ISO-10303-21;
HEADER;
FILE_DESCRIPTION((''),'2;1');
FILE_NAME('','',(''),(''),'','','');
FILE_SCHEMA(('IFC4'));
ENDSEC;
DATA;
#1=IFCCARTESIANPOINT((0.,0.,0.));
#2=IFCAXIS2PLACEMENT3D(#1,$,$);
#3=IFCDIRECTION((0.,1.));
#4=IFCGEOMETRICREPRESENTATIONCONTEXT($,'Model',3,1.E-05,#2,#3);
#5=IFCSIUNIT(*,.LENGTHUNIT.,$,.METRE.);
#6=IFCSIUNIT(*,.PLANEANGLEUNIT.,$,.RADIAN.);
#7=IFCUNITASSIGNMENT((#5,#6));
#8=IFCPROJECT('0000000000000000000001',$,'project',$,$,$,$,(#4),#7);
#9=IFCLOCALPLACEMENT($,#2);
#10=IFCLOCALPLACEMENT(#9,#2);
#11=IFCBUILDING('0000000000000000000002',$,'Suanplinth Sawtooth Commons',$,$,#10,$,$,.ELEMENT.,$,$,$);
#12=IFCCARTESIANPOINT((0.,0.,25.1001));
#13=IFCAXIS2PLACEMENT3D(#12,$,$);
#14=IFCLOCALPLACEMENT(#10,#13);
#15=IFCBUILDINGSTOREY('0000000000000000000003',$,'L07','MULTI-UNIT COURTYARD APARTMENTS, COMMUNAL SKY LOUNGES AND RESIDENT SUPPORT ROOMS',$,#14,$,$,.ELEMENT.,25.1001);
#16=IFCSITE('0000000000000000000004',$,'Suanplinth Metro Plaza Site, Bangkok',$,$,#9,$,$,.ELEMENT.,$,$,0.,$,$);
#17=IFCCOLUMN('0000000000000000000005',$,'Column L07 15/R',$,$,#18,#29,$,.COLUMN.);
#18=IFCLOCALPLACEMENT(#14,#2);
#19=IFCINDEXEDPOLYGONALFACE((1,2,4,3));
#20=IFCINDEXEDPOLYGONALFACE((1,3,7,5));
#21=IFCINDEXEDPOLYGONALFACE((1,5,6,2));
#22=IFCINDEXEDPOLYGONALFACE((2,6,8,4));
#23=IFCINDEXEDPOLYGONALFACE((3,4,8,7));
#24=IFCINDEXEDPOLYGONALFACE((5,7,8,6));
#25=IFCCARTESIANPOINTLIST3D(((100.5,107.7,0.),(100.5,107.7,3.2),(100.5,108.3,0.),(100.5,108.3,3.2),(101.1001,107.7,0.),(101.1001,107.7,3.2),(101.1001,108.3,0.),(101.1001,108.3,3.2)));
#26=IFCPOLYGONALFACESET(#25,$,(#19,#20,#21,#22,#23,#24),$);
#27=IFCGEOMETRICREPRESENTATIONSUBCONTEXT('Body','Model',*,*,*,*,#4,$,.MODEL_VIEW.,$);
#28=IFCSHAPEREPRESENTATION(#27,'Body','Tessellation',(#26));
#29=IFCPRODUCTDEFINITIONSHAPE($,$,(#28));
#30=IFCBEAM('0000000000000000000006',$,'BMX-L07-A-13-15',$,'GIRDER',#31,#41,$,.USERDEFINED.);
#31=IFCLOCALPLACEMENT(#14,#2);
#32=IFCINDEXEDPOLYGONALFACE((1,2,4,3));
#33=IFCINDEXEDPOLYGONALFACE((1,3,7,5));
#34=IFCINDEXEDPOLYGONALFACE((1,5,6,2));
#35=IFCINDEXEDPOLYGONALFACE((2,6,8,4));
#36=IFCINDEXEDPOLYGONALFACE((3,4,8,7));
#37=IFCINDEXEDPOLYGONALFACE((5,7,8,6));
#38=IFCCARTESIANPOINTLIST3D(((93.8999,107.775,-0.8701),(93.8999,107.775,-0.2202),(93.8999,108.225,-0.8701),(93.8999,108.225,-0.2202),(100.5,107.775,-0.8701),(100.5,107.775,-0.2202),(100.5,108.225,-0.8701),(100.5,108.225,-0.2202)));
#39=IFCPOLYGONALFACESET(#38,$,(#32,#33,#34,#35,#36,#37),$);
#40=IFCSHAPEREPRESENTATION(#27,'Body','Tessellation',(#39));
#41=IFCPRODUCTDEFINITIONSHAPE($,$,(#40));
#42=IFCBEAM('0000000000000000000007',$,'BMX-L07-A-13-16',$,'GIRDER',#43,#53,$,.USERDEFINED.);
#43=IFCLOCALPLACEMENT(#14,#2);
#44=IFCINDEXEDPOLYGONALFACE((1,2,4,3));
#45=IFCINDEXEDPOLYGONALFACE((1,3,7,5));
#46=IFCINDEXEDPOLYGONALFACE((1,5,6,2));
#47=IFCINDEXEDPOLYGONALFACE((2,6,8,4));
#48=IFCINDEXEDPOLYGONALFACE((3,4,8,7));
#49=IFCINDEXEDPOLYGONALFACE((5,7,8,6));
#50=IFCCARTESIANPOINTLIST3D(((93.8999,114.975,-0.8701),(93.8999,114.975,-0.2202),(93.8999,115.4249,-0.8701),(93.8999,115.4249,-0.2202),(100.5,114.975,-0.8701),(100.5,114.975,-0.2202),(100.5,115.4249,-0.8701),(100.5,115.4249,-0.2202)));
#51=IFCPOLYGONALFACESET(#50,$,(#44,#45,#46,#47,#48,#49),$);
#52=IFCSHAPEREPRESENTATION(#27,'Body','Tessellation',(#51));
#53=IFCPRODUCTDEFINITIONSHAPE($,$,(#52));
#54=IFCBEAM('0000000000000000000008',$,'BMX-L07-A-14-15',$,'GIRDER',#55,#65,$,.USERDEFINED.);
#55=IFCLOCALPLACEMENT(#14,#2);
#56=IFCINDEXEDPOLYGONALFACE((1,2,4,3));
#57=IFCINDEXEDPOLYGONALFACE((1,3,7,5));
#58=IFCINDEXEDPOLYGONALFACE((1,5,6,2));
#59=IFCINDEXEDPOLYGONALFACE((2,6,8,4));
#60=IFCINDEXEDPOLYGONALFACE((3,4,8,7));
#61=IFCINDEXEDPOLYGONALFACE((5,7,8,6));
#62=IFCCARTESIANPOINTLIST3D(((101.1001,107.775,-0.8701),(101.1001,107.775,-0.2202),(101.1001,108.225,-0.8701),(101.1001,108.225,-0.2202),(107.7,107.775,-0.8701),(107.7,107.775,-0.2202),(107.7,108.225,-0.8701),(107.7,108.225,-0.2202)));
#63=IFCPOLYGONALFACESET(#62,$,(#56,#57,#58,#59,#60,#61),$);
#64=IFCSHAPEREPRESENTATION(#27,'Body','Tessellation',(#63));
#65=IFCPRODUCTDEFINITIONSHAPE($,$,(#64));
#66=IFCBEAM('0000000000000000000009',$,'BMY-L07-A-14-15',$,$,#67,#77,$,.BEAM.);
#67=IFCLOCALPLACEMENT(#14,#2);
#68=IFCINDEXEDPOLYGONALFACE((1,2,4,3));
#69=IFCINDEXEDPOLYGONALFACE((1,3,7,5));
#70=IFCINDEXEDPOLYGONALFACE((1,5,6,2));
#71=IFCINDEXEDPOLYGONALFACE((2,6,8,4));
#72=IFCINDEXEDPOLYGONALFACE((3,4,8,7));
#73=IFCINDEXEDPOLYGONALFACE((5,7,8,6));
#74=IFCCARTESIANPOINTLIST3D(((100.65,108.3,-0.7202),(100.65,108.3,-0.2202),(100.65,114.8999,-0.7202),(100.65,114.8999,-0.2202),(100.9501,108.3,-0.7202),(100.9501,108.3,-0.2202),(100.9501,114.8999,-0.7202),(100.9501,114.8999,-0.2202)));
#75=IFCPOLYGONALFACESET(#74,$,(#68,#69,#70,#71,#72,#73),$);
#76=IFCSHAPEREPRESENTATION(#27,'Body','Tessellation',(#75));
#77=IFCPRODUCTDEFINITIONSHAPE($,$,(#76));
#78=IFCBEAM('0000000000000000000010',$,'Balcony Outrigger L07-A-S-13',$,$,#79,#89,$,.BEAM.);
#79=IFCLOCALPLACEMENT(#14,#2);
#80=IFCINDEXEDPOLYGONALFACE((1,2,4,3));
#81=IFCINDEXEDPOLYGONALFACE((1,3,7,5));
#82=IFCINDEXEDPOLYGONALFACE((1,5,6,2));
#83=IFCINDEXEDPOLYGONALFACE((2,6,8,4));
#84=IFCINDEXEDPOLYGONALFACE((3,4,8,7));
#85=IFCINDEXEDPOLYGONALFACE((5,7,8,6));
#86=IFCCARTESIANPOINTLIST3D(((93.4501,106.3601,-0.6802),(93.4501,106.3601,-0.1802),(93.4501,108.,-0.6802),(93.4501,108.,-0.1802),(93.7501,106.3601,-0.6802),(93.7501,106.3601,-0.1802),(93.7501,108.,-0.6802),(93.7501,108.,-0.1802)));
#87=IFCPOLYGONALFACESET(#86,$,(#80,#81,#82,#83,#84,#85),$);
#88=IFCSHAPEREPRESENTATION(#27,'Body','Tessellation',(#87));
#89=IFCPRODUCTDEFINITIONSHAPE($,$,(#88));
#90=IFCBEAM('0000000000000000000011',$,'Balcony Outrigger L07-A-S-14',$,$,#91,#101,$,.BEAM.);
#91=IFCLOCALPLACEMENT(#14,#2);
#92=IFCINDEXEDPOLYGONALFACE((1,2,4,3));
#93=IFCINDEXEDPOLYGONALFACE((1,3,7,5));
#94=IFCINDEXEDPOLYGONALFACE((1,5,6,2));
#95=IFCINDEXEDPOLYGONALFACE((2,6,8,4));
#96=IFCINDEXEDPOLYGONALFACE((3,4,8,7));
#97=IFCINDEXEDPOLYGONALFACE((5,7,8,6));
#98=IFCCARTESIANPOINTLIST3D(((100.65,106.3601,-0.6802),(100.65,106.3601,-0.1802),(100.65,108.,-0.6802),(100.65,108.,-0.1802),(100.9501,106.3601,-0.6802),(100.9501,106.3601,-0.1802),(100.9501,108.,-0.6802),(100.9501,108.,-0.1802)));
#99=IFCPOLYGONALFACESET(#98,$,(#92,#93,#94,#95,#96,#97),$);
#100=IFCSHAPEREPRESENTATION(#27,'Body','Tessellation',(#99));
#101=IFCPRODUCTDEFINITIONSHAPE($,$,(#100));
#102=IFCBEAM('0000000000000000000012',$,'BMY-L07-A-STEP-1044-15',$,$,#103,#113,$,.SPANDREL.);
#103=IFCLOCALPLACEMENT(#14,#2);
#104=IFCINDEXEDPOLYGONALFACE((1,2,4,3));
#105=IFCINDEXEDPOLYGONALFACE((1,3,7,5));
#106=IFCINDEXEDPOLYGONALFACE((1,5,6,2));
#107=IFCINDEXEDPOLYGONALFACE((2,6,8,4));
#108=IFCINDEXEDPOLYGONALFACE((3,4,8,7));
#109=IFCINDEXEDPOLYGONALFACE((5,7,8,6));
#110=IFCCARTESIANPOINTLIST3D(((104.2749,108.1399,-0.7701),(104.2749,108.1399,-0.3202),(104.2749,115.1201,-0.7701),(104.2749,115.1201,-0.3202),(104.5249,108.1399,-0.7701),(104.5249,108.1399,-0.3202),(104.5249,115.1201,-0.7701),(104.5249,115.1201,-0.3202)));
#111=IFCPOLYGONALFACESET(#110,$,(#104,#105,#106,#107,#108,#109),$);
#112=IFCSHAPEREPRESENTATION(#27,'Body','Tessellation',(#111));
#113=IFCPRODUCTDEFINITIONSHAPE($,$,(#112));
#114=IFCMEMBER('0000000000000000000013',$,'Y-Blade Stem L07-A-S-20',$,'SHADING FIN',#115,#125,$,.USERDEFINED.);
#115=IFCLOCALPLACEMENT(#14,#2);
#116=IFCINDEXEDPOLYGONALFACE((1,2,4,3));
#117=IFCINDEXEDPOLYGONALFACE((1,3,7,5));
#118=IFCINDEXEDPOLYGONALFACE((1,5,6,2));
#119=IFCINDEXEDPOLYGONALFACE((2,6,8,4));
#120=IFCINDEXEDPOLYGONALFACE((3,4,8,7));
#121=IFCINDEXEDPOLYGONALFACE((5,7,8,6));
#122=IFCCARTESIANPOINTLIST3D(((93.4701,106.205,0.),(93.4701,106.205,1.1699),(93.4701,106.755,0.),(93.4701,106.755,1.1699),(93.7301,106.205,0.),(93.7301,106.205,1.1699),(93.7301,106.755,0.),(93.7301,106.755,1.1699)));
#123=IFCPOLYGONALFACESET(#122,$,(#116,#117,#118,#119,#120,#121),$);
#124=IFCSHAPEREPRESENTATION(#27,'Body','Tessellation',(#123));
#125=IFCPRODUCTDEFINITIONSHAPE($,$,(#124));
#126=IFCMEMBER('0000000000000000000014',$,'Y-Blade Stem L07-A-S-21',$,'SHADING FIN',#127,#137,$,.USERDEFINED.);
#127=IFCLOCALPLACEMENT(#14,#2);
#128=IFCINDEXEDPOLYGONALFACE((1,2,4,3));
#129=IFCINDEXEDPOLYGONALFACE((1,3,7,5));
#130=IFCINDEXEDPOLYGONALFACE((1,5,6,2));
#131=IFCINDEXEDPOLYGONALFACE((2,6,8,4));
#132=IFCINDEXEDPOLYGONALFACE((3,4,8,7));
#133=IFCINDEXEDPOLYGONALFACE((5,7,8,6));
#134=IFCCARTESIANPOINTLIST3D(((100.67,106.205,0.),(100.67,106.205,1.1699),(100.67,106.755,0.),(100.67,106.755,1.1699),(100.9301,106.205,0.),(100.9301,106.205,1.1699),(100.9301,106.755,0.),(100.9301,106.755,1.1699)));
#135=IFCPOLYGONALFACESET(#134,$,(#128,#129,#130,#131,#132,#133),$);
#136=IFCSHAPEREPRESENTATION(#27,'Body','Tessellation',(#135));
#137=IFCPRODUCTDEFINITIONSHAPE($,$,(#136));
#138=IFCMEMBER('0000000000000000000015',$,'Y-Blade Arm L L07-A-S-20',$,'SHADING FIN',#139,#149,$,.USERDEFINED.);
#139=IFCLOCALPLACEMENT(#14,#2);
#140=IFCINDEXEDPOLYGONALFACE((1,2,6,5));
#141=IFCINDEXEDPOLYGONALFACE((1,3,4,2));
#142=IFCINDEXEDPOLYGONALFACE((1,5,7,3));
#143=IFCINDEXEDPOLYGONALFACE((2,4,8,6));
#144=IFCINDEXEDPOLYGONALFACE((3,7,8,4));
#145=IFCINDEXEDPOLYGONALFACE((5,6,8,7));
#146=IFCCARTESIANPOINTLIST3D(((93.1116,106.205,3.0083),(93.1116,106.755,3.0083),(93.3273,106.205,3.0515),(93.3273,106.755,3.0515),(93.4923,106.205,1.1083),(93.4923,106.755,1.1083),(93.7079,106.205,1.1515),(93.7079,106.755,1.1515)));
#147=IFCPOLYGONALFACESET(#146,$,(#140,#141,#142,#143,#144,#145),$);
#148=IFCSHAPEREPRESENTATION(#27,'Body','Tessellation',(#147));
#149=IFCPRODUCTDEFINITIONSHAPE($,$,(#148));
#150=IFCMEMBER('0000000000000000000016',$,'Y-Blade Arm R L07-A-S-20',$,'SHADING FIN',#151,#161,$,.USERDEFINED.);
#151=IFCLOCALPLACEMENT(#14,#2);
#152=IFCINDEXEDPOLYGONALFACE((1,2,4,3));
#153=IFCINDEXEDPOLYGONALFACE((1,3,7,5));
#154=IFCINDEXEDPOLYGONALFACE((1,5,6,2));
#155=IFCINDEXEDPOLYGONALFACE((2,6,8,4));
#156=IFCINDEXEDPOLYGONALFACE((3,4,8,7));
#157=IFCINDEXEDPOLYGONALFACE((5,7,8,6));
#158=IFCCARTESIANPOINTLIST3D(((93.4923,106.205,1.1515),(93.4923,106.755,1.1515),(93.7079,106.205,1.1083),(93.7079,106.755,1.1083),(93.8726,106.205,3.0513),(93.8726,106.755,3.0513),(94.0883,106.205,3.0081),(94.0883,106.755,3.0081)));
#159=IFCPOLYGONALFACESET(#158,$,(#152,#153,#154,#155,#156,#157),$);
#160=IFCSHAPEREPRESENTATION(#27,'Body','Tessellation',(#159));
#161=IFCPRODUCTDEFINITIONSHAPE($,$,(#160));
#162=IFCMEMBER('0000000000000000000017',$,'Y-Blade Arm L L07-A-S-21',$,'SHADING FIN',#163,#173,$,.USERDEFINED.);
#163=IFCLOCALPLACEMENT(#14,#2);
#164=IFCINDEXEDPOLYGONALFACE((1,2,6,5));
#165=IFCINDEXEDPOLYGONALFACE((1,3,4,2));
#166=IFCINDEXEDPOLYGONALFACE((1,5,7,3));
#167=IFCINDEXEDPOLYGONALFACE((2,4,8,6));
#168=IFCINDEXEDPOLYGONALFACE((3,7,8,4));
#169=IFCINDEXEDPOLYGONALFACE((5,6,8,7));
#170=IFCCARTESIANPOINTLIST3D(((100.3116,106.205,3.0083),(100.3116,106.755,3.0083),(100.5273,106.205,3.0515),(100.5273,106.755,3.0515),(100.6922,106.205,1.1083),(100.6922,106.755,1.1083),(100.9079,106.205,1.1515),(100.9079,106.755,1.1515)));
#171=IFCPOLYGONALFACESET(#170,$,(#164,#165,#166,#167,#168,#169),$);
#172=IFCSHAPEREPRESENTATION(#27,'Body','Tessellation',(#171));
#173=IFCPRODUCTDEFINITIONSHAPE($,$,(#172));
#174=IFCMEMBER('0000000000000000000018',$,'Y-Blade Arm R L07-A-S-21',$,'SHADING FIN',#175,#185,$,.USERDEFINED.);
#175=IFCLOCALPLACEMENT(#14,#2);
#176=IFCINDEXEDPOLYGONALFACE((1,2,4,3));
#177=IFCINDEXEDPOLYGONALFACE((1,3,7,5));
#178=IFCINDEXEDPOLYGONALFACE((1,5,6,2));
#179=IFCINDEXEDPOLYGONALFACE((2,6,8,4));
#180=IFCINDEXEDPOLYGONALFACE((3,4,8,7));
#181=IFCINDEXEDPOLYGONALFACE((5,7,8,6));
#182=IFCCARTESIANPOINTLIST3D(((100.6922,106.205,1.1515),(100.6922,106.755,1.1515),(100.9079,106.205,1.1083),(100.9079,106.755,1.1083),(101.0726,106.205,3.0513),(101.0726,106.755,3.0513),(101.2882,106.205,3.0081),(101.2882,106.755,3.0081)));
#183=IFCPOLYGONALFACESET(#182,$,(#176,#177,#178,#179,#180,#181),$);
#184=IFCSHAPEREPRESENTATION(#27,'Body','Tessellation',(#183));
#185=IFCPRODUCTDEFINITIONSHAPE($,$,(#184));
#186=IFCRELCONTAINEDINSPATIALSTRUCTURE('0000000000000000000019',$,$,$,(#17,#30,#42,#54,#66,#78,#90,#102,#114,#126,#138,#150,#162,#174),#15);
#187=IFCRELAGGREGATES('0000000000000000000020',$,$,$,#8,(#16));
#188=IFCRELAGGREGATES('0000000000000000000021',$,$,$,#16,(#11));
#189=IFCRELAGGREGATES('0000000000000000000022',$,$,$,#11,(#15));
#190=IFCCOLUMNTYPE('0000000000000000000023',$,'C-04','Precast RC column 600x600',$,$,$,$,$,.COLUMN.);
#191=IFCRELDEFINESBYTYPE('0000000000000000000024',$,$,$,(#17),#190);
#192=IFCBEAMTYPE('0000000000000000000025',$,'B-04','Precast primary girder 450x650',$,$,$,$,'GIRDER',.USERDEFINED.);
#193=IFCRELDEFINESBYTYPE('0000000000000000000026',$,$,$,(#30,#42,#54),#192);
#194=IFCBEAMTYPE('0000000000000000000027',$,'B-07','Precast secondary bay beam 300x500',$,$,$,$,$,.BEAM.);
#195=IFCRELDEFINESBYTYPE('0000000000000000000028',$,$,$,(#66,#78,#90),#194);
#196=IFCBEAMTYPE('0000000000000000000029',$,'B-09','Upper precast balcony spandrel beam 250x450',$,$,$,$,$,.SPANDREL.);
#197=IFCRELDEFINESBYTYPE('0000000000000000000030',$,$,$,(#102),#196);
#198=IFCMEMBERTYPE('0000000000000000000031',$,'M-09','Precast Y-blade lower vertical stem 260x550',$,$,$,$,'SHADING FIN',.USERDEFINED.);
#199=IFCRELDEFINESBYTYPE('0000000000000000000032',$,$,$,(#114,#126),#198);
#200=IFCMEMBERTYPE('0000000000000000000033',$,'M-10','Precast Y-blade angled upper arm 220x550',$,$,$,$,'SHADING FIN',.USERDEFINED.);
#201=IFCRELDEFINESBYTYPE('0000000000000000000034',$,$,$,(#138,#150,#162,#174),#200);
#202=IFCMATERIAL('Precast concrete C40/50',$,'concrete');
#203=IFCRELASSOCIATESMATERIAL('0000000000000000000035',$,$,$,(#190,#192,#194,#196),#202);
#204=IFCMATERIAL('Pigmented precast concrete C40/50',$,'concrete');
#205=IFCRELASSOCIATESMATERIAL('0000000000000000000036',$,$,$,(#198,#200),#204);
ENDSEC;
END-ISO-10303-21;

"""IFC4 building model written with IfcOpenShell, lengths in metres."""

from ifc_helpers import new_model, si_unit, direction, frame, origin, origin_2d, place, context, subcontext, project, spatial, rectangle, extrude, material, material_profile, profile_set, type_object, element, save


model = new_model("IFC4")

# Units and contexts
model_context = context("Model", 3, precision=1e-05, world=origin(), true_north=direction((0.0, 1.0)))
body_context = subcontext(model_context, "Body", "Model", "MODEL_VIEW")
ifc_project = project(units=[si_unit("LENGTHUNIT", "METRE"), si_unit("PLANEANGLEUNIT", "RADIAN")], contexts=[model_context])

# Site, building, storey
site_placement = place(None, origin())
site = spatial("IfcSite", under=ifc_project, at=site_placement, Name="Suanplinth Metro Plaza Site, Bangkok", CompositionType="ELEMENT", RefElevation=0.0)
building_placement = place(site_placement, origin())
building = spatial("IfcBuilding", under=site, at=building_placement, Name="Suanplinth Sawtooth Commons", CompositionType="ELEMENT")
storey_placement = place(building_placement, frame((0.0, 0.0, 25.1001)))
storey = spatial("IfcBuildingStorey", under=building, at=storey_placement, Name="L07", Description="MULTI-UNIT COURTYARD APARTMENTS, COMMUNAL SKY LOUNGES AND RESIDENT SUPPORT ROOMS", CompositionType="ELEMENT", Elevation=25.1001)

# Column
ifc_material_1 = material(Name="Precast concrete C40/50", Category="concrete")
ifc_material_profile_1 = material_profile(ifc_material_1, rectangle(XDim=0.6001, YDim=0.6001, at=origin_2d()), Name="PC-COL 600x600")
ifc_profile_set_1 = profile_set([ifc_material_profile_1], Name="Precast concrete C40/50")
column_type = type_object("IfcColumnType", Name="C-04", Description="Precast RC column 600x600", PredefinedType="COLUMN", material=ifc_profile_set_1)
column_placement = place(storey_placement, frame((100.8, 108.0, 0.0), z_axis=(0.0, 0.0, 1.0), x_axis=(1.0, 0.0, 0.0)))
element("IfcColumn", 1, at=column_placement, inside=storey, type_object=column_type, Name="Column L07 15/R", PredefinedType="COLUMN", context=body_context, shape_type="SweptSolid", body=[
    extrude(rectangle(XDim=0.6001, YDim=0.6001, at=origin_2d()), origin(), (0.0, 0.0, 1.0), 3.2),
])

# Beams
ifc_material_profile_2 = material_profile(ifc_material_1, rectangle(XDim=0.45, YDim=0.6499, at=origin_2d()), Name="PC-GDR 450x650")
ifc_profile_set_2 = profile_set([ifc_material_profile_2], Name="Precast concrete C40/50")
beam_type_1 = type_object("IfcBeamType", Name="B-04", Description="Precast primary girder 450x650", ElementType="GIRDER", PredefinedType="USERDEFINED", material=ifc_profile_set_2)
for number, where, z_axis, x_axis, name in (
    (2, (93.8999, 108.0, -0.5452), (1.0, 0.0, 0.0), (0.0, 1.0, 0.0), "BMX-L07-A-13-15"),
    (3, (93.8999, 115.2, -0.5452), (1.0, 0.0, 0.0), (0.0, 1.0, 0.0), "BMX-L07-A-13-16"),
):
    element("IfcBeam", number, at=place(storey_placement, frame(where, z_axis=z_axis, x_axis=x_axis)), inside=storey, type_object=beam_type_1, Name=name, ObjectType="GIRDER", PredefinedType="USERDEFINED", context=body_context, shape_type="SweptSolid", body=[
        extrude(rectangle(XDim=0.45, YDim=0.6499, at=origin_2d()), origin(), (0.0, 0.0, 1.0), 6.6001),
    ])
beam_1_placement = place(storey_placement, frame((101.1001, 108.0, -0.5452), z_axis=(1.0, 0.0, 0.0), x_axis=(0.0, 1.0, 0.0)))
element("IfcBeam", 4, at=beam_1_placement, inside=storey, type_object=beam_type_1, Name="BMX-L07-A-14-15", ObjectType="GIRDER", PredefinedType="USERDEFINED", context=body_context, shape_type="SweptSolid", body=[
    extrude(rectangle(XDim=0.45, YDim=0.6499, at=origin_2d()), origin(), (0.0, 0.0, 1.0), 6.5999),
])
ifc_material_profile_3 = material_profile(ifc_material_1, rectangle(XDim=0.3, YDim=0.5, at=origin_2d()), Name="PC-BM 300x500")
ifc_profile_set_3 = profile_set([ifc_material_profile_3], Name="Precast concrete C40/50")
beam_type_2 = type_object("IfcBeamType", Name="B-07", Description="Precast secondary bay beam 300x500", PredefinedType="BEAM", material=ifc_profile_set_3)
beam_2_placement = place(storey_placement, frame((100.8, 108.3, -0.4702), z_axis=(0.0, 1.0, 0.0), x_axis=(-1.0, 0.0, 0.0)))
element("IfcBeam", 5, at=beam_2_placement, inside=storey, type_object=beam_type_2, Name="BMY-L07-A-14-15", PredefinedType="BEAM", context=body_context, shape_type="SweptSolid", body=[
    extrude(rectangle(XDim=0.3, YDim=0.5, at=origin_2d()), origin(), (0.0, 0.0, 1.0), 6.5999),
])
for number, where, z_axis, x_axis, name in (
    (6, (93.6001, 108.0, -0.4302), (0.0, -1.0, 0.0), (1.0, 0.0, 0.0), "Balcony Outrigger L07-A-S-13"),
    (7, (100.8, 108.0, -0.4302), (0.0, -1.0, 0.0), (1.0, 0.0, 0.0), "Balcony Outrigger L07-A-S-14"),
):
    element("IfcBeam", number, at=place(storey_placement, frame(where, z_axis=z_axis, x_axis=x_axis)), inside=storey, type_object=beam_type_2, Name=name, PredefinedType="BEAM", context=body_context, shape_type="SweptSolid", body=[
        extrude(rectangle(XDim=0.3, YDim=0.5, at=origin_2d()), origin(), (0.0, 0.0, 1.0), 1.6399),
    ])
ifc_material_profile_4 = material_profile(ifc_material_1, rectangle(XDim=0.25, YDim=0.45, at=origin_2d()), Name="PC-SP 250x450")
ifc_profile_set_4 = profile_set([ifc_material_profile_4], Name="Precast concrete C40/50")
beam_type_3 = type_object("IfcBeamType", Name="B-09", Description="Upper precast balcony spandrel beam 250x450", PredefinedType="SPANDREL", material=ifc_profile_set_4)
beam_3_placement = place(storey_placement, frame((104.3999, 108.1399, -0.5452), z_axis=(0.0, 1.0, 0.0), x_axis=(-1.0, 0.0, 0.0)))
element("IfcBeam", 8, at=beam_3_placement, inside=storey, type_object=beam_type_3, Name="BMY-L07-A-STEP-1044-15", PredefinedType="SPANDREL", context=body_context, shape_type="SweptSolid", body=[
    extrude(rectangle(XDim=0.25, YDim=0.45, at=origin_2d()), origin(), (0.0, 0.0, 1.0), 6.9802),
])

# Members
ifc_material_2 = material(Name="Pigmented precast concrete C40/50", Category="concrete")
ifc_material_profile_5 = material_profile(ifc_material_2, rectangle(XDim=0.26, YDim=0.55, at=origin_2d()), Name="PC-FIN 260x550")
ifc_profile_set_5 = profile_set([ifc_material_profile_5], Name="Pigmented precast concrete C40/50")
member_type_1 = type_object("IfcMemberType", Name="M-09", Description="Precast Y-blade lower vertical stem 260x550", ElementType="SHADING FIN", PredefinedType="USERDEFINED", material=ifc_profile_set_5)
for number, where, z_axis, x_axis, name in (
    (9, (93.6001, 106.48, 0.0), (0.0, 0.0, 1.0), (1.0, 0.0, 0.0), "Y-Blade Stem L07-A-S-20"),
    (10, (100.8, 106.48, 0.0), (0.0, 0.0, 1.0), (1.0, 0.0, 0.0), "Y-Blade Stem L07-A-S-21"),
):
    element("IfcMember", number, at=place(storey_placement, frame(where, z_axis=z_axis, x_axis=x_axis)), inside=storey, type_object=member_type_1, Name=name, ObjectType="SHADING FIN", PredefinedType="USERDEFINED", context=body_context, shape_type="SweptSolid", body=[
        extrude(rectangle(XDim=0.26, YDim=0.55, at=origin_2d()), origin(), (0.0, 0.0, 1.0), 1.1699),
    ])
ifc_material_profile_6 = material_profile(ifc_material_2, rectangle(XDim=0.22, YDim=0.55, at=origin_2d()), Name="PC-FIN 220x550")
ifc_profile_set_6 = profile_set([ifc_material_profile_6], Name="Pigmented precast concrete C40/50")
member_type_2 = type_object("IfcMemberType", Name="M-10", Description="Precast Y-blade angled upper arm 220x550", ElementType="SHADING FIN", PredefinedType="USERDEFINED", material=ifc_profile_set_6)
member_1_placement = place(storey_placement, frame((93.6001, 106.48, 1.1299), z_axis=(-0.196431, 0.0, 0.980518), x_axis=(0.980518, 0.0, 0.196431)))
element("IfcMember", 11, at=member_1_placement, inside=storey, type_object=member_type_2, Name="Y-Blade Arm L L07-A-S-20", ObjectType="SHADING FIN", PredefinedType="USERDEFINED", context=body_context, shape_type="SweptSolid", body=[
    extrude(rectangle(XDim=0.22, YDim=0.55, at=origin_2d()), origin(), (0.0, 0.0, 1.0), 1.9377),
])
member_2_placement = place(storey_placement, frame((93.6001, 106.48, 1.1299), z_axis=(0.19631, 0.0, 0.980542), x_axis=(-0.980542, 0.0, 0.19631)))
element("IfcMember", 12, at=member_2_placement, inside=storey, type_object=member_type_2, Name="Y-Blade Arm R L07-A-S-20", ObjectType="SHADING FIN", PredefinedType="USERDEFINED", context=body_context, shape_type="SweptSolid", body=[
    extrude(rectangle(XDim=0.22, YDim=0.55, at=origin_2d()), origin(), (0.0, 0.0, 1.0), 1.9375),
])
member_3_placement = place(storey_placement, frame((100.8, 106.48, 1.1299), z_axis=(-0.196431, 0.0, 0.980518), x_axis=(0.980518, 0.0, 0.196431)))
element("IfcMember", 13, at=member_3_placement, inside=storey, type_object=member_type_2, Name="Y-Blade Arm L L07-A-S-21", ObjectType="SHADING FIN", PredefinedType="USERDEFINED", context=body_context, shape_type="SweptSolid", body=[
    extrude(rectangle(XDim=0.22, YDim=0.55, at=origin_2d()), origin(), (0.0, 0.0, 1.0), 1.9377),
])
member_4_placement = place(storey_placement, frame((100.8, 106.48, 1.1299), z_axis=(0.19631, 0.0, 0.980542), x_axis=(-0.980542, 0.0, 0.19631)))
element("IfcMember", 14, at=member_4_placement, inside=storey, type_object=member_type_2, Name="Y-Blade Arm R L07-A-S-21", ObjectType="SHADING FIN", PredefinedType="USERDEFINED", context=body_context, shape_type="SweptSolid", body=[
    extrude(rectangle(XDim=0.22, YDim=0.55, at=origin_2d()), origin(), (0.0, 0.0, 1.0), 1.9375),
])

save(model, "model.ifc")
